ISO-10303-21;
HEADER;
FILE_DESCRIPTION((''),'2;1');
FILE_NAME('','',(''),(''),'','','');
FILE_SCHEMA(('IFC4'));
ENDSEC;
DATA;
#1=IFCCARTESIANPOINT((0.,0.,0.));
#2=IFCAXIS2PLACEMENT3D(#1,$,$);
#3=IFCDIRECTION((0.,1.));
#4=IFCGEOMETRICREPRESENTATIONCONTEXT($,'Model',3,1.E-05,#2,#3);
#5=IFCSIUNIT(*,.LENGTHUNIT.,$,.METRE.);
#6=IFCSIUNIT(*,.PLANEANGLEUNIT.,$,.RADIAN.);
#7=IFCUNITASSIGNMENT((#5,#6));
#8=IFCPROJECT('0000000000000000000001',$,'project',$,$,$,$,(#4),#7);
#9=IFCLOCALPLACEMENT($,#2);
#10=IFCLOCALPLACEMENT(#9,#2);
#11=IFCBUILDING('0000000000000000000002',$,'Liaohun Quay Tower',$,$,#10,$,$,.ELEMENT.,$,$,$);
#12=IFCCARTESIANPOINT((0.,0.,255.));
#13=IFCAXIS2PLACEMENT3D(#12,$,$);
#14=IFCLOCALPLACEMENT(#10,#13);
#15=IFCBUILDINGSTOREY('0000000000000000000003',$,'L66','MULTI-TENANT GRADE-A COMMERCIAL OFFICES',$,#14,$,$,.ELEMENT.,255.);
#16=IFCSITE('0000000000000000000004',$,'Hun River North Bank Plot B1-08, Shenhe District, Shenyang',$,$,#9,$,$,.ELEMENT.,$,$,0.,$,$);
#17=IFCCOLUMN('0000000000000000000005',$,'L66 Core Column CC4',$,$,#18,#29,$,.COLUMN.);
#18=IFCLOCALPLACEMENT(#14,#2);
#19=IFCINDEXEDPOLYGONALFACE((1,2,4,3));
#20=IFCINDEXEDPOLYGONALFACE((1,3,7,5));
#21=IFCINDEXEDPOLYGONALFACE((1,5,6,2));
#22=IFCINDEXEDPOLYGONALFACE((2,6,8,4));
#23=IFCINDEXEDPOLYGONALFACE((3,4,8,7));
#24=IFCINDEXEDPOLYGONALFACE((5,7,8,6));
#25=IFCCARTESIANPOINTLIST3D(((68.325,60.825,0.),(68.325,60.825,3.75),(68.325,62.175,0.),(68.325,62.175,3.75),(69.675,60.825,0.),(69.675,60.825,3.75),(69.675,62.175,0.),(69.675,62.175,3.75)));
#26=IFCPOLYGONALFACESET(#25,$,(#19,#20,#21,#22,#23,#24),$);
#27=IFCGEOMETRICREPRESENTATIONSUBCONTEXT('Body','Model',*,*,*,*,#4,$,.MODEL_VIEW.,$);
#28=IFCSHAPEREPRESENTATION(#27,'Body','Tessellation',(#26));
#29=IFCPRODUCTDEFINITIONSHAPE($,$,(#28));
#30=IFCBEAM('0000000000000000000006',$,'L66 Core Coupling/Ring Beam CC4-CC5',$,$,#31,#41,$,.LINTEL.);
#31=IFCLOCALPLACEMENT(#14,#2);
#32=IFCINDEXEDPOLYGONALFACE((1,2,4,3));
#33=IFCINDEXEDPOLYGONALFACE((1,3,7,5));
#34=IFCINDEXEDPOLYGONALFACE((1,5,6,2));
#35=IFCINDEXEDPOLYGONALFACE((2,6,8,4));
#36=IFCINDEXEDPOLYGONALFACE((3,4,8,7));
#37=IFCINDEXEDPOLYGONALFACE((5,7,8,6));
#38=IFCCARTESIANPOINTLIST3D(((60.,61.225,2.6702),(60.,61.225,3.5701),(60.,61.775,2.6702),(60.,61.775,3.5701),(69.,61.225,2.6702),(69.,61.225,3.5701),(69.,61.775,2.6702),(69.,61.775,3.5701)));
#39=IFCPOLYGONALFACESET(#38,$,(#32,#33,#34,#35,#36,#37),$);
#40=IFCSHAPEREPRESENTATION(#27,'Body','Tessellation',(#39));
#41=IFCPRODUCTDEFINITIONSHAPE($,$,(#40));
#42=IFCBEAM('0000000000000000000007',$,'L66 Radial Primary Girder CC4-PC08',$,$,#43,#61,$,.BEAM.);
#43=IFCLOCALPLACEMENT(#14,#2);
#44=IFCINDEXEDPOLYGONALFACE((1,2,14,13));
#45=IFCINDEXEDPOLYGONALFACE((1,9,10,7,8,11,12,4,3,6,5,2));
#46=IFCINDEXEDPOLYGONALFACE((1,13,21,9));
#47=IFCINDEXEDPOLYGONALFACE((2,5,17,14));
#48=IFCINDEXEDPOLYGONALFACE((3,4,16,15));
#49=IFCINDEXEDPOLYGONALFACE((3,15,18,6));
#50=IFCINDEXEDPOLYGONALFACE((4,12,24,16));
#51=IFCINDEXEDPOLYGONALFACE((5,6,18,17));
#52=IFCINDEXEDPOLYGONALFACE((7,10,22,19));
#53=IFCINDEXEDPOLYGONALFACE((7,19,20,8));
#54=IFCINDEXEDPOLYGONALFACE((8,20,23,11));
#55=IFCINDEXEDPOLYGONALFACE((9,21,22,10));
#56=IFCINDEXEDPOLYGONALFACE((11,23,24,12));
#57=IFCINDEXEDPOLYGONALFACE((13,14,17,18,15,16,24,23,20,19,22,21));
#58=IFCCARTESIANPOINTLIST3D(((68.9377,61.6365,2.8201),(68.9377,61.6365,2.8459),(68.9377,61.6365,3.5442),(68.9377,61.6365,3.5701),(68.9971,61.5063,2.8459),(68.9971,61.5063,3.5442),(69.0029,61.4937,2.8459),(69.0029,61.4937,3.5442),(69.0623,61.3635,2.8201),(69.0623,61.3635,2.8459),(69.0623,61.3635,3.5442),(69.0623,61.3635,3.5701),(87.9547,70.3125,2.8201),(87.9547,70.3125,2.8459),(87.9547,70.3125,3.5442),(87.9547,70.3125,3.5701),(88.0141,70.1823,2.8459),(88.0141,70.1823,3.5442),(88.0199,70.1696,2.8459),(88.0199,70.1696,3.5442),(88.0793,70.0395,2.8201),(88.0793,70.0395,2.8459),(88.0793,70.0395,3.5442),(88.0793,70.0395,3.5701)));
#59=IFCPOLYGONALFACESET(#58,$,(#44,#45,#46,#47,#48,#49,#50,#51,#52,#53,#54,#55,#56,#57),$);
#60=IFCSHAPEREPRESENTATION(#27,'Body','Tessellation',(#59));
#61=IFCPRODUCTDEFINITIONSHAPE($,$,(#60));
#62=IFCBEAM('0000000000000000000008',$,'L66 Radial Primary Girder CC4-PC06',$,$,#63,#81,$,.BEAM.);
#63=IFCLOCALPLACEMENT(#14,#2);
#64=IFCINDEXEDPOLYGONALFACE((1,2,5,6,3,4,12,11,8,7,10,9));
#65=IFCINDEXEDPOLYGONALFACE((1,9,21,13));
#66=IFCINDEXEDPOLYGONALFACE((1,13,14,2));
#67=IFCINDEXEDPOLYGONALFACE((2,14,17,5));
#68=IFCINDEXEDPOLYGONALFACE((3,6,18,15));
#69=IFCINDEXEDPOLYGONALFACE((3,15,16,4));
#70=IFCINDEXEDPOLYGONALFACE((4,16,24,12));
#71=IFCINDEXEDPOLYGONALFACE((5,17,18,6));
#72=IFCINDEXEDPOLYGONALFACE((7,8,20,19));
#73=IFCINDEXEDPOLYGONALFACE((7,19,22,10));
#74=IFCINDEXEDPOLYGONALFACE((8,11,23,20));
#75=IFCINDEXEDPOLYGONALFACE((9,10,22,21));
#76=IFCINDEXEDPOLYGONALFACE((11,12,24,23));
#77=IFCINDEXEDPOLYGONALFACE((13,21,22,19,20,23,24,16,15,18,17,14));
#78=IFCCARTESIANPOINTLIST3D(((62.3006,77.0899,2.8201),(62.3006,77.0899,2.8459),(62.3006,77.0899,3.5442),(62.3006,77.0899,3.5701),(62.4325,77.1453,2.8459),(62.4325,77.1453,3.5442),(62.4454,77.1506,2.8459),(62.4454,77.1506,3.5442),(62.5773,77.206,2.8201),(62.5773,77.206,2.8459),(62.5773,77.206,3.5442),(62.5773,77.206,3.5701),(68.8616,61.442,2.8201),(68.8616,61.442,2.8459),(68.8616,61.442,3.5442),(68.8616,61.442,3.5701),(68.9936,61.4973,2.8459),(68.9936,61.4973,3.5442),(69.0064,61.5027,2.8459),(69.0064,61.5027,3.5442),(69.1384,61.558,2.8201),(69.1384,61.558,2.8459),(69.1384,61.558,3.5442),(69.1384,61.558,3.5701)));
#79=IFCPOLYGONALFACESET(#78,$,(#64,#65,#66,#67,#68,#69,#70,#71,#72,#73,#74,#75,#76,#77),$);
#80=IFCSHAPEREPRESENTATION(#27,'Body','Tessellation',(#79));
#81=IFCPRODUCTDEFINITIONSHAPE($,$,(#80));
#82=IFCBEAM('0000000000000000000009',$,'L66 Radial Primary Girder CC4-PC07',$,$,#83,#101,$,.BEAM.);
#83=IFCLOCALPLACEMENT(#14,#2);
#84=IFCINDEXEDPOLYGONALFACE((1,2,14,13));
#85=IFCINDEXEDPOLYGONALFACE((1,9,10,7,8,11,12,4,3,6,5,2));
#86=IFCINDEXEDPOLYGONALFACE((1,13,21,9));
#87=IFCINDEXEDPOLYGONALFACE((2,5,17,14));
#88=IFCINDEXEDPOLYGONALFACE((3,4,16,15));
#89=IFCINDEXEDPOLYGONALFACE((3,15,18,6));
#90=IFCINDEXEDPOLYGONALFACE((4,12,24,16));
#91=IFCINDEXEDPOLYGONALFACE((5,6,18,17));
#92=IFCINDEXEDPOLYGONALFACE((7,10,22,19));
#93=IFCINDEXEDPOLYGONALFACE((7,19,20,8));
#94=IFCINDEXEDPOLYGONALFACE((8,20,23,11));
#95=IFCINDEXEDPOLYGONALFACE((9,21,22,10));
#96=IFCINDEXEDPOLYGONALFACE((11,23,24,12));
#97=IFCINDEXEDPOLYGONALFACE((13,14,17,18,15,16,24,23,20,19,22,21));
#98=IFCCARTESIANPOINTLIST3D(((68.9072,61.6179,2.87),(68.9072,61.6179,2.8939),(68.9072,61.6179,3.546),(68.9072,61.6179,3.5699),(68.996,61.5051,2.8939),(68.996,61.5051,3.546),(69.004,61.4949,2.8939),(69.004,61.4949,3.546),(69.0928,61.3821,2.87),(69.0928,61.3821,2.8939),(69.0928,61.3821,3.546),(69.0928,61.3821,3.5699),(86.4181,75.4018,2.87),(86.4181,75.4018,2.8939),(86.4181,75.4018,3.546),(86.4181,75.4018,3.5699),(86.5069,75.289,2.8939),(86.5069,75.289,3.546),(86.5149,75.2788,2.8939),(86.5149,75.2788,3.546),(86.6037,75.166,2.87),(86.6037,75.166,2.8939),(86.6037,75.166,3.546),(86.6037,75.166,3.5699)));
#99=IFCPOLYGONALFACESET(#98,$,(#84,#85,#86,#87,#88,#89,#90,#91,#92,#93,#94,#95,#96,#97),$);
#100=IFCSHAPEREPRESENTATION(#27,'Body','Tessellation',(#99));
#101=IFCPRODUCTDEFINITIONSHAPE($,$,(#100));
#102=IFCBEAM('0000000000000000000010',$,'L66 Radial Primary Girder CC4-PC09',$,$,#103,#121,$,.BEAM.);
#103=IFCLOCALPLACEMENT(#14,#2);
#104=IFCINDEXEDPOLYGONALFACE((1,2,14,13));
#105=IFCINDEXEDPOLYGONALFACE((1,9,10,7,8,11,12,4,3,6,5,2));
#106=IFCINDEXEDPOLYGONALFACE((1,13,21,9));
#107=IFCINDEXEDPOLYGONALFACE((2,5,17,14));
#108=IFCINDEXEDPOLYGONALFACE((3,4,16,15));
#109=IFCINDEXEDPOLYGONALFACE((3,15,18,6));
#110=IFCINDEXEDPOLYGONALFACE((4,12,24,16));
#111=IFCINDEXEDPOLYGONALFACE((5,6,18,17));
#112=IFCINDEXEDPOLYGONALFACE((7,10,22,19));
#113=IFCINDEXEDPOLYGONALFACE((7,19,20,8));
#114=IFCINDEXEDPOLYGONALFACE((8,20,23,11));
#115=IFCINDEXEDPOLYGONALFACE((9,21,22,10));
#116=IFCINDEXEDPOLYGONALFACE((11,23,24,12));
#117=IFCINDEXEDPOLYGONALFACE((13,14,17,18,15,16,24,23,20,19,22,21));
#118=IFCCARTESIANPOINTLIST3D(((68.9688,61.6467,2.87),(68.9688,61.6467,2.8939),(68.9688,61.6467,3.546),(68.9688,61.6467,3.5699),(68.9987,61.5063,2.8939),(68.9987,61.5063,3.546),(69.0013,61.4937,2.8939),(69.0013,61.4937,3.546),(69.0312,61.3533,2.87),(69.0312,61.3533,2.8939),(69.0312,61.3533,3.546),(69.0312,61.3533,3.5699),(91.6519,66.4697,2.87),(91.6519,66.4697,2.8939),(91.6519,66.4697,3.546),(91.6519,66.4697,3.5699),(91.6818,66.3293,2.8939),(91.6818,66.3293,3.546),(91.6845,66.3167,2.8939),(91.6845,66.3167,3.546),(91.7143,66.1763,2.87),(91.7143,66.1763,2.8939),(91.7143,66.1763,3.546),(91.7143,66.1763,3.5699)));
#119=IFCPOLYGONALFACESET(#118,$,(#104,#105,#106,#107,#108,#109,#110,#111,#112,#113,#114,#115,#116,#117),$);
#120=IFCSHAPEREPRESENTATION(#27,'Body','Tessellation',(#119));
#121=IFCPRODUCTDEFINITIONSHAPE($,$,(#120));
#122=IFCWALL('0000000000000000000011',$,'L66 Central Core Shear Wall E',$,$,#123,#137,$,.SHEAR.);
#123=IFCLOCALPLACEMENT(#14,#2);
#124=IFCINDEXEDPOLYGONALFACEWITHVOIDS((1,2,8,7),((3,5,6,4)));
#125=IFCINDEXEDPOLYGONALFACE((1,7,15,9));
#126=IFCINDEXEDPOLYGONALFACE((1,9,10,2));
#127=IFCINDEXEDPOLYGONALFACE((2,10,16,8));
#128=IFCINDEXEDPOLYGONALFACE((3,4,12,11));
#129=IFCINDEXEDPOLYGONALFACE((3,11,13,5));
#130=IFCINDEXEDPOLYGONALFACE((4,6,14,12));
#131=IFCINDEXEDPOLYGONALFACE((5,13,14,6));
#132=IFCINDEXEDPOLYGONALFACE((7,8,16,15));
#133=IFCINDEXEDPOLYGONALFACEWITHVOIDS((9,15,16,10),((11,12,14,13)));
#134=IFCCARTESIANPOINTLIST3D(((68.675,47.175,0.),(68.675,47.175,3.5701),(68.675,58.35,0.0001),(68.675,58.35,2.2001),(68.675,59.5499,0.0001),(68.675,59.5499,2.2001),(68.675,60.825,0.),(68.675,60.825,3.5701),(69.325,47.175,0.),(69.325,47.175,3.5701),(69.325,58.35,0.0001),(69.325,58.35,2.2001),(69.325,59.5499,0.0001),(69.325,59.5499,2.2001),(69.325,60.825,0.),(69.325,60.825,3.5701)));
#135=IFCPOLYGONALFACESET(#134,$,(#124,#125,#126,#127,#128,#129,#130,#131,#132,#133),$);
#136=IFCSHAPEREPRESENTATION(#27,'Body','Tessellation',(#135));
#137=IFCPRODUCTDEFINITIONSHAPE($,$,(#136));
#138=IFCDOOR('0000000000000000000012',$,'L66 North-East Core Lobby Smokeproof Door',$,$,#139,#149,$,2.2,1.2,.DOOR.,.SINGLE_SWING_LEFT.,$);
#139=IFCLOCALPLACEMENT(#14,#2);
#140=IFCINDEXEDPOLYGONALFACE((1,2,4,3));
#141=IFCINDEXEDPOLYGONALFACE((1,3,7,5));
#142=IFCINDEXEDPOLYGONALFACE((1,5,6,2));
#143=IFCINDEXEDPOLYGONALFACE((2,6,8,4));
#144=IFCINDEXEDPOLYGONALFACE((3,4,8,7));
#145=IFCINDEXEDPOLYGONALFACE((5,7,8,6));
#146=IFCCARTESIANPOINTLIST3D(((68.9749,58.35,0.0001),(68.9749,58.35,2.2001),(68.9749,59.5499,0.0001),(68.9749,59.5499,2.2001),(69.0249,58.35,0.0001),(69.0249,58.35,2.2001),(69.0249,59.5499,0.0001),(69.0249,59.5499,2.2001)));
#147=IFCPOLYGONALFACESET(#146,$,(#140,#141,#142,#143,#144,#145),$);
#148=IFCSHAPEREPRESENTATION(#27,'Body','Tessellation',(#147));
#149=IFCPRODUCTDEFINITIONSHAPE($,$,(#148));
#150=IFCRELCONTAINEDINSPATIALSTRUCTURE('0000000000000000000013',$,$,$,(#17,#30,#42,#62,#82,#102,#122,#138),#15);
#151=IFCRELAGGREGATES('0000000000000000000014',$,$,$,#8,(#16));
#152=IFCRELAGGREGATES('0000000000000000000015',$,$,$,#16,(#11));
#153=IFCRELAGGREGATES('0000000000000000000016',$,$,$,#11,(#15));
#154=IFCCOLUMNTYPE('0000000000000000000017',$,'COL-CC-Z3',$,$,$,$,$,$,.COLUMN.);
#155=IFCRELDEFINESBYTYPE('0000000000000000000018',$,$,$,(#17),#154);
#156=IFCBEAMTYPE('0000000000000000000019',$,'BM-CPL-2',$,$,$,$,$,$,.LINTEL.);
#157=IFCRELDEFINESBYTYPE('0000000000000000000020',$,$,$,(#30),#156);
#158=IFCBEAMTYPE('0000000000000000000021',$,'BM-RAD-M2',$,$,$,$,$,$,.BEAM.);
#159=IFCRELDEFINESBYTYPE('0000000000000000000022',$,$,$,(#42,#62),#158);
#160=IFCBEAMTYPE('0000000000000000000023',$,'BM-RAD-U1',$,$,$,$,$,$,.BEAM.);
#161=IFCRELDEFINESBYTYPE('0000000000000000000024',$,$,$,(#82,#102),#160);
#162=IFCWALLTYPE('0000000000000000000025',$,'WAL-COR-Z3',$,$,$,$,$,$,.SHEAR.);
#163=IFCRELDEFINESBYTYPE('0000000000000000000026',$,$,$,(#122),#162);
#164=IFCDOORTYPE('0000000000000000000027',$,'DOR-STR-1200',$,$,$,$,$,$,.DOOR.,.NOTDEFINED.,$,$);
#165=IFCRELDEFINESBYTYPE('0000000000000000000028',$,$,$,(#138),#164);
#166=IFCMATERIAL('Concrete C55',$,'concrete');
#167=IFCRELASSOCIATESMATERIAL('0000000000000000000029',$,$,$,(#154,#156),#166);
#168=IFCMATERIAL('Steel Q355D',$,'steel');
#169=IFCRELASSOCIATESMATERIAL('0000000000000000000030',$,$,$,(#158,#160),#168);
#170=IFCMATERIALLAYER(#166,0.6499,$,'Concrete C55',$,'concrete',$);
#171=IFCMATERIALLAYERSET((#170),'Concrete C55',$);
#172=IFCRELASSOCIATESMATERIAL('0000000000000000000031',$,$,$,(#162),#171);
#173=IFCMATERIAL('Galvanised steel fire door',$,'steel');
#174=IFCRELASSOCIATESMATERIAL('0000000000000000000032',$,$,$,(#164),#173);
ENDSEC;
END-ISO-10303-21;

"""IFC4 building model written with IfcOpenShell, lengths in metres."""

from ifc_helpers import new_model, si_unit, direction, frame, frame_2d, origin, origin_2d, place, context, subcontext, project, spatial, rectangle, i_section, extrude, source, transform, mapped, material, layer, layer_set, material_profile, profile_set, type_object, element, fill, save


model = new_model("IFC4")

# Units and contexts
model_context = context("Model", 3, precision=1e-05, world=origin(), true_north=direction((0.0, 1.0)))
body_context = subcontext(model_context, "Body", "Model", "MODEL_VIEW")
ifc_project = project(units=[si_unit("LENGTHUNIT", "METRE"), si_unit("PLANEANGLEUNIT", "RADIAN")], contexts=[model_context])

# Site, building, storey
site_placement = place(None, origin())
site = spatial("IfcSite", under=ifc_project, at=site_placement, Name="Hun River North Bank Plot B1-08, Shenhe District, Shenyang", CompositionType="ELEMENT", RefElevation=0.0)
building_placement = place(site_placement, origin())
building = spatial("IfcBuilding", under=site, at=building_placement, Name="Liaohun Quay Tower", CompositionType="ELEMENT")
storey_placement = place(building_placement, frame((0.0, 0.0, 255.0)))
storey = spatial("IfcBuildingStorey", under=building, at=storey_placement, Name="L66", Description="MULTI-TENANT GRADE-A COMMERCIAL OFFICES", CompositionType="ELEMENT", Elevation=255.0)

# Column
ifc_material_1 = material(Name="Concrete C55", Category="concrete")
ifc_material_profile_1 = material_profile(ifc_material_1, rectangle(XDim=1.3501, YDim=1.3501, at=origin_2d()), Name="RC1350x1350")
ifc_profile_set_1 = profile_set([ifc_material_profile_1], Name="Concrete C55")
column_type = type_object("IfcColumnType", Name="COL-CC-Z3", PredefinedType="COLUMN", material=ifc_profile_set_1)
shared_shape_1 = source(origin(), body_context, "Body", "SweptSolid", [
    extrude(rectangle(XDim=1.3501, YDim=1.3501, at=origin_2d()), origin(), (0.0, 0.0, 1.0), 3.75),
])
column_placement = place(storey_placement, frame((69.0, 61.5, 0.0), z_axis=(0.0, 0.0, 1.0), x_axis=(1.0, 0.0, 0.0)))
element("IfcColumn", 1, at=column_placement, inside=storey, type_object=column_type, Name="L66 Core Column CC4", PredefinedType="COLUMN", context=body_context, shape_type="MappedRepresentation", body=[
    mapped(shared_shape_1, transform((0.0, 0.0, 0.0), x_axis=(1.0, 0.0, 0.0), y_axis=(0.0, 1.0, 0.0), z_axis=(0.0, 0.0, 1.0), scale=1.0)),
])

# Beams
ifc_material_profile_2 = material_profile(ifc_material_1, rectangle(XDim=0.55, YDim=0.8999, at=origin_2d()), Name="RC550x900")
ifc_profile_set_2 = profile_set([ifc_material_profile_2], Name="Concrete C55")
beam_type_1 = type_object("IfcBeamType", Name="BM-CPL-2", PredefinedType="LINTEL", material=ifc_profile_set_2)
shared_shape_2 = source(origin(), body_context, "Body", "SweptSolid", [
    extrude(rectangle(XDim=0.55, YDim=0.8999, at=origin_2d()), origin(), (0.0, 0.0, 1.0), 9.0),
])
beam_1_placement = place(storey_placement, frame((69.0, 61.5, 3.1201), z_axis=(-1.0, 0.0, 0.0), x_axis=(0.0, -1.0, 0.0)))
element("IfcBeam", 2, at=beam_1_placement, inside=storey, type_object=beam_type_1, Name="L66 Core Coupling/Ring Beam CC4-CC5", PredefinedType="LINTEL", context=body_context, shape_type="MappedRepresentation", body=[
    mapped(shared_shape_2, transform((0.0, 0.0, 0.0), x_axis=(1.0, 0.0, 0.0), y_axis=(0.0, 1.0, 0.0), z_axis=(0.0, 0.0, 1.0), scale=1.0)),
])
ifc_material_2 = material(Name="Steel Q355D", Category="steel")
ifc_material_profile_3 = material_profile(ifc_material_2, i_section(OverallWidth=0.3, OverallDepth=0.75, WebThickness=0.0139, FlangeThickness=0.0259, at=origin_2d()), Name="HN750x300x14x26")
ifc_profile_set_3 = profile_set([ifc_material_profile_3], Name="Steel Q355D")
beam_type_2 = type_object("IfcBeamType", Name="BM-RAD-M2", PredefinedType="BEAM", material=ifc_profile_set_3)
shared_shape_3 = source(origin(), body_context, "Body", "SweptSolid", [
    extrude(i_section(OverallWidth=0.3, OverallDepth=0.75, WebThickness=0.0139, FlangeThickness=0.0259, at=origin_2d()), origin(), (0.0, 0.0, 1.0), 20.9026),
])
beam_2_placement = place(storey_placement, frame((69.0, 61.5, 3.1951), z_axis=(0.909791, 0.415067, 0.0), x_axis=(-0.415067, 0.909791, 0.0)))
element("IfcBeam", 3, at=beam_2_placement, inside=storey, type_object=beam_type_2, Name="L66 Radial Primary Girder CC4-PC08", PredefinedType="BEAM", context=body_context, shape_type="MappedRepresentation", body=[
    mapped(shared_shape_3, transform((0.0, 0.0, 0.0), x_axis=(1.0, 0.0, 0.0), y_axis=(0.0, 1.0, 0.0), z_axis=(0.0, 0.0, 1.0), scale=1.0)),
])
shared_shape_4 = source(origin(), body_context, "Body", "SweptSolid", [
    extrude(i_section(OverallWidth=0.3, OverallDepth=0.75, WebThickness=0.0139, FlangeThickness=0.0259, at=origin_2d()), origin(), (0.0, 0.0, 1.0), 16.9678),
])
beam_3_placement = place(storey_placement, frame((69.0, 61.5, 3.1951), z_axis=(-0.386676, 0.922216, 0.0), x_axis=(-0.922216, -0.386676, 0.0)))
element("IfcBeam", 4, at=beam_3_placement, inside=storey, type_object=beam_type_2, Name="L66 Radial Primary Girder CC4-PC06", PredefinedType="BEAM", context=body_context, shape_type="MappedRepresentation", body=[
    mapped(shared_shape_4, transform((0.0, 0.0, 0.0), x_axis=(1.0, 0.0, 0.0), y_axis=(0.0, 1.0, 0.0), z_axis=(0.0, 0.0, 1.0), scale=1.0)),
])
ifc_material_profile_4 = material_profile(ifc_material_2, i_section(OverallWidth=0.3, OverallDepth=0.7, WebThickness=0.0129, FlangeThickness=0.0239, at=origin_2d()), Name="HN700x300x13x24")
ifc_profile_set_4 = profile_set([ifc_material_profile_4], Name="Steel Q355D")
beam_type_3 = type_object("IfcBeamType", Name="BM-RAD-U1", PredefinedType="BEAM", material=ifc_profile_set_4)
shared_shape_5 = source(origin(), body_context, "Body", "SweptSolid", [
    extrude(i_section(OverallWidth=0.3, OverallDepth=0.7, WebThickness=0.0129, FlangeThickness=0.0239, at=origin_2d()), origin(), (0.0, 0.0, 1.0), 22.2852),
])
beam_4_placement = place(storey_placement, frame((69.0, 61.5, 3.22), z_axis=(0.785766, 0.618523, 0.0), x_axis=(-0.618523, 0.785766, 0.0)))
element("IfcBeam", 5, at=beam_4_placement, inside=storey, type_object=beam_type_3, Name="L66 Radial Primary Girder CC4-PC07", PredefinedType="BEAM", context=body_context, shape_type="MappedRepresentation", body=[
    mapped(shared_shape_5, transform((0.0, 0.0, 0.0), x_axis=(1.0, 0.0, 0.0), y_axis=(0.0, 1.0, 0.0), z_axis=(0.0, 0.0, 1.0), scale=1.0)),
])
shared_shape_6 = source(origin(), body_context, "Body", "SweptSolid", [
    extrude(i_section(OverallWidth=0.3, OverallDepth=0.7, WebThickness=0.0129, FlangeThickness=0.0239, at=origin_2d()), origin(), (0.0, 0.0, 1.0), 23.1902),
])
beam_5_placement = place(storey_placement, frame((69.0, 61.5, 3.22), z_axis=(0.978134, 0.207976, 0.0), x_axis=(-0.207976, 0.978134, 0.0)))
element("IfcBeam", 6, at=beam_5_placement, inside=storey, type_object=beam_type_3, Name="L66 Radial Primary Girder CC4-PC09", PredefinedType="BEAM", context=body_context, shape_type="MappedRepresentation", body=[
    mapped(shared_shape_6, transform((0.0, 0.0, 0.0), x_axis=(1.0, 0.0, 0.0), y_axis=(0.0, 1.0, 0.0), z_axis=(0.0, 0.0, 1.0), scale=1.0)),
])

# Wall, opening, door
ifc_layer_1 = layer(ifc_material_1, 0.6499, Name="Concrete C55", Category="concrete")
ifc_layer_set_1 = layer_set([ifc_layer_1], Name="Concrete C55")
wall_type_1 = type_object("IfcWallType", Name="WAL-COR-Z3", PredefinedType="SHEAR", material=ifc_layer_set_1)
wall_1_placement = place(storey_placement, frame((69.0, 60.825, 0.0), z_axis=(0.0, 0.0, 1.0), x_axis=(0.0, -1.0, 0.0)))
wall_1 = element("IfcWall", 7, at=wall_1_placement, inside=storey, type_object=wall_type_1, Name="L66 Central Core Shear Wall E", PredefinedType="SHEAR", context=body_context, shape_type="SweptSolid", body=[
    extrude(rectangle(XDim=13.6499, YDim=0.6499, at=frame_2d((6.825, 0.0))), origin(), (0.0, 0.0, 1.0), 3.5701),
])
shared_shape_7 = source(origin(), body_context, "Body", "SweptSolid", [
    extrude(rectangle(XDim=1.2, YDim=2.2, at=frame_2d((0.6001, 1.1001))), frame((0.0, 0.335, 0.0), z_axis=(0.0, -1.0, 0.0), x_axis=(1.0, 0.0, 0.0)), (0.0, 0.0, 1.0), 0.6699),
])
opening_1_placement = place(wall_1_placement, frame((1.2749, 0.0, 0.0)))
opening_1 = element("IfcOpeningElement", 8, at=opening_1_placement, cuts=wall_1, PredefinedType="OPENING", context=body_context, shape_type="MappedRepresentation", body=[
    mapped(shared_shape_7, transform((0.0, 0.0, 0.0), x_axis=(1.0, 0.0, 0.0), y_axis=(0.0, 1.0, 0.0), z_axis=(0.0, 0.0, 1.0), scale=1.0)),
])
ifc_material_3 = material(Name="Galvanised steel fire door", Category="steel")
door_type_1 = type_object("IfcDoorType", Name="DOR-STR-1200", OperationType="NOTDEFINED", PredefinedType="DOOR", material=ifc_material_3)
shared_shape_8 = source(origin(), body_context, "Body", "SweptSolid", [
    extrude(rectangle(XDim=1.2, YDim=2.2, at=frame_2d((0.6001, 1.1001))), frame((0.0, 0.0249, 0.0), z_axis=(0.0, -1.0, 0.0), x_axis=(1.0, 0.0, 0.0)), (0.0, 0.0, 1.0), 0.05),
])
door_1_placement = place(opening_1_placement, origin())
door_1 = element("IfcDoor", 9, at=door_1_placement, inside=storey, type_object=door_type_1, Name="L66 North-East Core Lobby Smokeproof Door", OperationType="SINGLE_SWING_LEFT", OverallHeight=2.2, OverallWidth=1.2, PredefinedType="DOOR", context=body_context, shape_type="MappedRepresentation", body=[
    mapped(shared_shape_8, transform((0.0, 0.0, 0.0), x_axis=(1.0, 0.0, 0.0), y_axis=(0.0, 1.0, 0.0), z_axis=(0.0, 0.0, 1.0), scale=1.0)),
])
fill(opening_1, door_1)

save(model, "model.ifc")
